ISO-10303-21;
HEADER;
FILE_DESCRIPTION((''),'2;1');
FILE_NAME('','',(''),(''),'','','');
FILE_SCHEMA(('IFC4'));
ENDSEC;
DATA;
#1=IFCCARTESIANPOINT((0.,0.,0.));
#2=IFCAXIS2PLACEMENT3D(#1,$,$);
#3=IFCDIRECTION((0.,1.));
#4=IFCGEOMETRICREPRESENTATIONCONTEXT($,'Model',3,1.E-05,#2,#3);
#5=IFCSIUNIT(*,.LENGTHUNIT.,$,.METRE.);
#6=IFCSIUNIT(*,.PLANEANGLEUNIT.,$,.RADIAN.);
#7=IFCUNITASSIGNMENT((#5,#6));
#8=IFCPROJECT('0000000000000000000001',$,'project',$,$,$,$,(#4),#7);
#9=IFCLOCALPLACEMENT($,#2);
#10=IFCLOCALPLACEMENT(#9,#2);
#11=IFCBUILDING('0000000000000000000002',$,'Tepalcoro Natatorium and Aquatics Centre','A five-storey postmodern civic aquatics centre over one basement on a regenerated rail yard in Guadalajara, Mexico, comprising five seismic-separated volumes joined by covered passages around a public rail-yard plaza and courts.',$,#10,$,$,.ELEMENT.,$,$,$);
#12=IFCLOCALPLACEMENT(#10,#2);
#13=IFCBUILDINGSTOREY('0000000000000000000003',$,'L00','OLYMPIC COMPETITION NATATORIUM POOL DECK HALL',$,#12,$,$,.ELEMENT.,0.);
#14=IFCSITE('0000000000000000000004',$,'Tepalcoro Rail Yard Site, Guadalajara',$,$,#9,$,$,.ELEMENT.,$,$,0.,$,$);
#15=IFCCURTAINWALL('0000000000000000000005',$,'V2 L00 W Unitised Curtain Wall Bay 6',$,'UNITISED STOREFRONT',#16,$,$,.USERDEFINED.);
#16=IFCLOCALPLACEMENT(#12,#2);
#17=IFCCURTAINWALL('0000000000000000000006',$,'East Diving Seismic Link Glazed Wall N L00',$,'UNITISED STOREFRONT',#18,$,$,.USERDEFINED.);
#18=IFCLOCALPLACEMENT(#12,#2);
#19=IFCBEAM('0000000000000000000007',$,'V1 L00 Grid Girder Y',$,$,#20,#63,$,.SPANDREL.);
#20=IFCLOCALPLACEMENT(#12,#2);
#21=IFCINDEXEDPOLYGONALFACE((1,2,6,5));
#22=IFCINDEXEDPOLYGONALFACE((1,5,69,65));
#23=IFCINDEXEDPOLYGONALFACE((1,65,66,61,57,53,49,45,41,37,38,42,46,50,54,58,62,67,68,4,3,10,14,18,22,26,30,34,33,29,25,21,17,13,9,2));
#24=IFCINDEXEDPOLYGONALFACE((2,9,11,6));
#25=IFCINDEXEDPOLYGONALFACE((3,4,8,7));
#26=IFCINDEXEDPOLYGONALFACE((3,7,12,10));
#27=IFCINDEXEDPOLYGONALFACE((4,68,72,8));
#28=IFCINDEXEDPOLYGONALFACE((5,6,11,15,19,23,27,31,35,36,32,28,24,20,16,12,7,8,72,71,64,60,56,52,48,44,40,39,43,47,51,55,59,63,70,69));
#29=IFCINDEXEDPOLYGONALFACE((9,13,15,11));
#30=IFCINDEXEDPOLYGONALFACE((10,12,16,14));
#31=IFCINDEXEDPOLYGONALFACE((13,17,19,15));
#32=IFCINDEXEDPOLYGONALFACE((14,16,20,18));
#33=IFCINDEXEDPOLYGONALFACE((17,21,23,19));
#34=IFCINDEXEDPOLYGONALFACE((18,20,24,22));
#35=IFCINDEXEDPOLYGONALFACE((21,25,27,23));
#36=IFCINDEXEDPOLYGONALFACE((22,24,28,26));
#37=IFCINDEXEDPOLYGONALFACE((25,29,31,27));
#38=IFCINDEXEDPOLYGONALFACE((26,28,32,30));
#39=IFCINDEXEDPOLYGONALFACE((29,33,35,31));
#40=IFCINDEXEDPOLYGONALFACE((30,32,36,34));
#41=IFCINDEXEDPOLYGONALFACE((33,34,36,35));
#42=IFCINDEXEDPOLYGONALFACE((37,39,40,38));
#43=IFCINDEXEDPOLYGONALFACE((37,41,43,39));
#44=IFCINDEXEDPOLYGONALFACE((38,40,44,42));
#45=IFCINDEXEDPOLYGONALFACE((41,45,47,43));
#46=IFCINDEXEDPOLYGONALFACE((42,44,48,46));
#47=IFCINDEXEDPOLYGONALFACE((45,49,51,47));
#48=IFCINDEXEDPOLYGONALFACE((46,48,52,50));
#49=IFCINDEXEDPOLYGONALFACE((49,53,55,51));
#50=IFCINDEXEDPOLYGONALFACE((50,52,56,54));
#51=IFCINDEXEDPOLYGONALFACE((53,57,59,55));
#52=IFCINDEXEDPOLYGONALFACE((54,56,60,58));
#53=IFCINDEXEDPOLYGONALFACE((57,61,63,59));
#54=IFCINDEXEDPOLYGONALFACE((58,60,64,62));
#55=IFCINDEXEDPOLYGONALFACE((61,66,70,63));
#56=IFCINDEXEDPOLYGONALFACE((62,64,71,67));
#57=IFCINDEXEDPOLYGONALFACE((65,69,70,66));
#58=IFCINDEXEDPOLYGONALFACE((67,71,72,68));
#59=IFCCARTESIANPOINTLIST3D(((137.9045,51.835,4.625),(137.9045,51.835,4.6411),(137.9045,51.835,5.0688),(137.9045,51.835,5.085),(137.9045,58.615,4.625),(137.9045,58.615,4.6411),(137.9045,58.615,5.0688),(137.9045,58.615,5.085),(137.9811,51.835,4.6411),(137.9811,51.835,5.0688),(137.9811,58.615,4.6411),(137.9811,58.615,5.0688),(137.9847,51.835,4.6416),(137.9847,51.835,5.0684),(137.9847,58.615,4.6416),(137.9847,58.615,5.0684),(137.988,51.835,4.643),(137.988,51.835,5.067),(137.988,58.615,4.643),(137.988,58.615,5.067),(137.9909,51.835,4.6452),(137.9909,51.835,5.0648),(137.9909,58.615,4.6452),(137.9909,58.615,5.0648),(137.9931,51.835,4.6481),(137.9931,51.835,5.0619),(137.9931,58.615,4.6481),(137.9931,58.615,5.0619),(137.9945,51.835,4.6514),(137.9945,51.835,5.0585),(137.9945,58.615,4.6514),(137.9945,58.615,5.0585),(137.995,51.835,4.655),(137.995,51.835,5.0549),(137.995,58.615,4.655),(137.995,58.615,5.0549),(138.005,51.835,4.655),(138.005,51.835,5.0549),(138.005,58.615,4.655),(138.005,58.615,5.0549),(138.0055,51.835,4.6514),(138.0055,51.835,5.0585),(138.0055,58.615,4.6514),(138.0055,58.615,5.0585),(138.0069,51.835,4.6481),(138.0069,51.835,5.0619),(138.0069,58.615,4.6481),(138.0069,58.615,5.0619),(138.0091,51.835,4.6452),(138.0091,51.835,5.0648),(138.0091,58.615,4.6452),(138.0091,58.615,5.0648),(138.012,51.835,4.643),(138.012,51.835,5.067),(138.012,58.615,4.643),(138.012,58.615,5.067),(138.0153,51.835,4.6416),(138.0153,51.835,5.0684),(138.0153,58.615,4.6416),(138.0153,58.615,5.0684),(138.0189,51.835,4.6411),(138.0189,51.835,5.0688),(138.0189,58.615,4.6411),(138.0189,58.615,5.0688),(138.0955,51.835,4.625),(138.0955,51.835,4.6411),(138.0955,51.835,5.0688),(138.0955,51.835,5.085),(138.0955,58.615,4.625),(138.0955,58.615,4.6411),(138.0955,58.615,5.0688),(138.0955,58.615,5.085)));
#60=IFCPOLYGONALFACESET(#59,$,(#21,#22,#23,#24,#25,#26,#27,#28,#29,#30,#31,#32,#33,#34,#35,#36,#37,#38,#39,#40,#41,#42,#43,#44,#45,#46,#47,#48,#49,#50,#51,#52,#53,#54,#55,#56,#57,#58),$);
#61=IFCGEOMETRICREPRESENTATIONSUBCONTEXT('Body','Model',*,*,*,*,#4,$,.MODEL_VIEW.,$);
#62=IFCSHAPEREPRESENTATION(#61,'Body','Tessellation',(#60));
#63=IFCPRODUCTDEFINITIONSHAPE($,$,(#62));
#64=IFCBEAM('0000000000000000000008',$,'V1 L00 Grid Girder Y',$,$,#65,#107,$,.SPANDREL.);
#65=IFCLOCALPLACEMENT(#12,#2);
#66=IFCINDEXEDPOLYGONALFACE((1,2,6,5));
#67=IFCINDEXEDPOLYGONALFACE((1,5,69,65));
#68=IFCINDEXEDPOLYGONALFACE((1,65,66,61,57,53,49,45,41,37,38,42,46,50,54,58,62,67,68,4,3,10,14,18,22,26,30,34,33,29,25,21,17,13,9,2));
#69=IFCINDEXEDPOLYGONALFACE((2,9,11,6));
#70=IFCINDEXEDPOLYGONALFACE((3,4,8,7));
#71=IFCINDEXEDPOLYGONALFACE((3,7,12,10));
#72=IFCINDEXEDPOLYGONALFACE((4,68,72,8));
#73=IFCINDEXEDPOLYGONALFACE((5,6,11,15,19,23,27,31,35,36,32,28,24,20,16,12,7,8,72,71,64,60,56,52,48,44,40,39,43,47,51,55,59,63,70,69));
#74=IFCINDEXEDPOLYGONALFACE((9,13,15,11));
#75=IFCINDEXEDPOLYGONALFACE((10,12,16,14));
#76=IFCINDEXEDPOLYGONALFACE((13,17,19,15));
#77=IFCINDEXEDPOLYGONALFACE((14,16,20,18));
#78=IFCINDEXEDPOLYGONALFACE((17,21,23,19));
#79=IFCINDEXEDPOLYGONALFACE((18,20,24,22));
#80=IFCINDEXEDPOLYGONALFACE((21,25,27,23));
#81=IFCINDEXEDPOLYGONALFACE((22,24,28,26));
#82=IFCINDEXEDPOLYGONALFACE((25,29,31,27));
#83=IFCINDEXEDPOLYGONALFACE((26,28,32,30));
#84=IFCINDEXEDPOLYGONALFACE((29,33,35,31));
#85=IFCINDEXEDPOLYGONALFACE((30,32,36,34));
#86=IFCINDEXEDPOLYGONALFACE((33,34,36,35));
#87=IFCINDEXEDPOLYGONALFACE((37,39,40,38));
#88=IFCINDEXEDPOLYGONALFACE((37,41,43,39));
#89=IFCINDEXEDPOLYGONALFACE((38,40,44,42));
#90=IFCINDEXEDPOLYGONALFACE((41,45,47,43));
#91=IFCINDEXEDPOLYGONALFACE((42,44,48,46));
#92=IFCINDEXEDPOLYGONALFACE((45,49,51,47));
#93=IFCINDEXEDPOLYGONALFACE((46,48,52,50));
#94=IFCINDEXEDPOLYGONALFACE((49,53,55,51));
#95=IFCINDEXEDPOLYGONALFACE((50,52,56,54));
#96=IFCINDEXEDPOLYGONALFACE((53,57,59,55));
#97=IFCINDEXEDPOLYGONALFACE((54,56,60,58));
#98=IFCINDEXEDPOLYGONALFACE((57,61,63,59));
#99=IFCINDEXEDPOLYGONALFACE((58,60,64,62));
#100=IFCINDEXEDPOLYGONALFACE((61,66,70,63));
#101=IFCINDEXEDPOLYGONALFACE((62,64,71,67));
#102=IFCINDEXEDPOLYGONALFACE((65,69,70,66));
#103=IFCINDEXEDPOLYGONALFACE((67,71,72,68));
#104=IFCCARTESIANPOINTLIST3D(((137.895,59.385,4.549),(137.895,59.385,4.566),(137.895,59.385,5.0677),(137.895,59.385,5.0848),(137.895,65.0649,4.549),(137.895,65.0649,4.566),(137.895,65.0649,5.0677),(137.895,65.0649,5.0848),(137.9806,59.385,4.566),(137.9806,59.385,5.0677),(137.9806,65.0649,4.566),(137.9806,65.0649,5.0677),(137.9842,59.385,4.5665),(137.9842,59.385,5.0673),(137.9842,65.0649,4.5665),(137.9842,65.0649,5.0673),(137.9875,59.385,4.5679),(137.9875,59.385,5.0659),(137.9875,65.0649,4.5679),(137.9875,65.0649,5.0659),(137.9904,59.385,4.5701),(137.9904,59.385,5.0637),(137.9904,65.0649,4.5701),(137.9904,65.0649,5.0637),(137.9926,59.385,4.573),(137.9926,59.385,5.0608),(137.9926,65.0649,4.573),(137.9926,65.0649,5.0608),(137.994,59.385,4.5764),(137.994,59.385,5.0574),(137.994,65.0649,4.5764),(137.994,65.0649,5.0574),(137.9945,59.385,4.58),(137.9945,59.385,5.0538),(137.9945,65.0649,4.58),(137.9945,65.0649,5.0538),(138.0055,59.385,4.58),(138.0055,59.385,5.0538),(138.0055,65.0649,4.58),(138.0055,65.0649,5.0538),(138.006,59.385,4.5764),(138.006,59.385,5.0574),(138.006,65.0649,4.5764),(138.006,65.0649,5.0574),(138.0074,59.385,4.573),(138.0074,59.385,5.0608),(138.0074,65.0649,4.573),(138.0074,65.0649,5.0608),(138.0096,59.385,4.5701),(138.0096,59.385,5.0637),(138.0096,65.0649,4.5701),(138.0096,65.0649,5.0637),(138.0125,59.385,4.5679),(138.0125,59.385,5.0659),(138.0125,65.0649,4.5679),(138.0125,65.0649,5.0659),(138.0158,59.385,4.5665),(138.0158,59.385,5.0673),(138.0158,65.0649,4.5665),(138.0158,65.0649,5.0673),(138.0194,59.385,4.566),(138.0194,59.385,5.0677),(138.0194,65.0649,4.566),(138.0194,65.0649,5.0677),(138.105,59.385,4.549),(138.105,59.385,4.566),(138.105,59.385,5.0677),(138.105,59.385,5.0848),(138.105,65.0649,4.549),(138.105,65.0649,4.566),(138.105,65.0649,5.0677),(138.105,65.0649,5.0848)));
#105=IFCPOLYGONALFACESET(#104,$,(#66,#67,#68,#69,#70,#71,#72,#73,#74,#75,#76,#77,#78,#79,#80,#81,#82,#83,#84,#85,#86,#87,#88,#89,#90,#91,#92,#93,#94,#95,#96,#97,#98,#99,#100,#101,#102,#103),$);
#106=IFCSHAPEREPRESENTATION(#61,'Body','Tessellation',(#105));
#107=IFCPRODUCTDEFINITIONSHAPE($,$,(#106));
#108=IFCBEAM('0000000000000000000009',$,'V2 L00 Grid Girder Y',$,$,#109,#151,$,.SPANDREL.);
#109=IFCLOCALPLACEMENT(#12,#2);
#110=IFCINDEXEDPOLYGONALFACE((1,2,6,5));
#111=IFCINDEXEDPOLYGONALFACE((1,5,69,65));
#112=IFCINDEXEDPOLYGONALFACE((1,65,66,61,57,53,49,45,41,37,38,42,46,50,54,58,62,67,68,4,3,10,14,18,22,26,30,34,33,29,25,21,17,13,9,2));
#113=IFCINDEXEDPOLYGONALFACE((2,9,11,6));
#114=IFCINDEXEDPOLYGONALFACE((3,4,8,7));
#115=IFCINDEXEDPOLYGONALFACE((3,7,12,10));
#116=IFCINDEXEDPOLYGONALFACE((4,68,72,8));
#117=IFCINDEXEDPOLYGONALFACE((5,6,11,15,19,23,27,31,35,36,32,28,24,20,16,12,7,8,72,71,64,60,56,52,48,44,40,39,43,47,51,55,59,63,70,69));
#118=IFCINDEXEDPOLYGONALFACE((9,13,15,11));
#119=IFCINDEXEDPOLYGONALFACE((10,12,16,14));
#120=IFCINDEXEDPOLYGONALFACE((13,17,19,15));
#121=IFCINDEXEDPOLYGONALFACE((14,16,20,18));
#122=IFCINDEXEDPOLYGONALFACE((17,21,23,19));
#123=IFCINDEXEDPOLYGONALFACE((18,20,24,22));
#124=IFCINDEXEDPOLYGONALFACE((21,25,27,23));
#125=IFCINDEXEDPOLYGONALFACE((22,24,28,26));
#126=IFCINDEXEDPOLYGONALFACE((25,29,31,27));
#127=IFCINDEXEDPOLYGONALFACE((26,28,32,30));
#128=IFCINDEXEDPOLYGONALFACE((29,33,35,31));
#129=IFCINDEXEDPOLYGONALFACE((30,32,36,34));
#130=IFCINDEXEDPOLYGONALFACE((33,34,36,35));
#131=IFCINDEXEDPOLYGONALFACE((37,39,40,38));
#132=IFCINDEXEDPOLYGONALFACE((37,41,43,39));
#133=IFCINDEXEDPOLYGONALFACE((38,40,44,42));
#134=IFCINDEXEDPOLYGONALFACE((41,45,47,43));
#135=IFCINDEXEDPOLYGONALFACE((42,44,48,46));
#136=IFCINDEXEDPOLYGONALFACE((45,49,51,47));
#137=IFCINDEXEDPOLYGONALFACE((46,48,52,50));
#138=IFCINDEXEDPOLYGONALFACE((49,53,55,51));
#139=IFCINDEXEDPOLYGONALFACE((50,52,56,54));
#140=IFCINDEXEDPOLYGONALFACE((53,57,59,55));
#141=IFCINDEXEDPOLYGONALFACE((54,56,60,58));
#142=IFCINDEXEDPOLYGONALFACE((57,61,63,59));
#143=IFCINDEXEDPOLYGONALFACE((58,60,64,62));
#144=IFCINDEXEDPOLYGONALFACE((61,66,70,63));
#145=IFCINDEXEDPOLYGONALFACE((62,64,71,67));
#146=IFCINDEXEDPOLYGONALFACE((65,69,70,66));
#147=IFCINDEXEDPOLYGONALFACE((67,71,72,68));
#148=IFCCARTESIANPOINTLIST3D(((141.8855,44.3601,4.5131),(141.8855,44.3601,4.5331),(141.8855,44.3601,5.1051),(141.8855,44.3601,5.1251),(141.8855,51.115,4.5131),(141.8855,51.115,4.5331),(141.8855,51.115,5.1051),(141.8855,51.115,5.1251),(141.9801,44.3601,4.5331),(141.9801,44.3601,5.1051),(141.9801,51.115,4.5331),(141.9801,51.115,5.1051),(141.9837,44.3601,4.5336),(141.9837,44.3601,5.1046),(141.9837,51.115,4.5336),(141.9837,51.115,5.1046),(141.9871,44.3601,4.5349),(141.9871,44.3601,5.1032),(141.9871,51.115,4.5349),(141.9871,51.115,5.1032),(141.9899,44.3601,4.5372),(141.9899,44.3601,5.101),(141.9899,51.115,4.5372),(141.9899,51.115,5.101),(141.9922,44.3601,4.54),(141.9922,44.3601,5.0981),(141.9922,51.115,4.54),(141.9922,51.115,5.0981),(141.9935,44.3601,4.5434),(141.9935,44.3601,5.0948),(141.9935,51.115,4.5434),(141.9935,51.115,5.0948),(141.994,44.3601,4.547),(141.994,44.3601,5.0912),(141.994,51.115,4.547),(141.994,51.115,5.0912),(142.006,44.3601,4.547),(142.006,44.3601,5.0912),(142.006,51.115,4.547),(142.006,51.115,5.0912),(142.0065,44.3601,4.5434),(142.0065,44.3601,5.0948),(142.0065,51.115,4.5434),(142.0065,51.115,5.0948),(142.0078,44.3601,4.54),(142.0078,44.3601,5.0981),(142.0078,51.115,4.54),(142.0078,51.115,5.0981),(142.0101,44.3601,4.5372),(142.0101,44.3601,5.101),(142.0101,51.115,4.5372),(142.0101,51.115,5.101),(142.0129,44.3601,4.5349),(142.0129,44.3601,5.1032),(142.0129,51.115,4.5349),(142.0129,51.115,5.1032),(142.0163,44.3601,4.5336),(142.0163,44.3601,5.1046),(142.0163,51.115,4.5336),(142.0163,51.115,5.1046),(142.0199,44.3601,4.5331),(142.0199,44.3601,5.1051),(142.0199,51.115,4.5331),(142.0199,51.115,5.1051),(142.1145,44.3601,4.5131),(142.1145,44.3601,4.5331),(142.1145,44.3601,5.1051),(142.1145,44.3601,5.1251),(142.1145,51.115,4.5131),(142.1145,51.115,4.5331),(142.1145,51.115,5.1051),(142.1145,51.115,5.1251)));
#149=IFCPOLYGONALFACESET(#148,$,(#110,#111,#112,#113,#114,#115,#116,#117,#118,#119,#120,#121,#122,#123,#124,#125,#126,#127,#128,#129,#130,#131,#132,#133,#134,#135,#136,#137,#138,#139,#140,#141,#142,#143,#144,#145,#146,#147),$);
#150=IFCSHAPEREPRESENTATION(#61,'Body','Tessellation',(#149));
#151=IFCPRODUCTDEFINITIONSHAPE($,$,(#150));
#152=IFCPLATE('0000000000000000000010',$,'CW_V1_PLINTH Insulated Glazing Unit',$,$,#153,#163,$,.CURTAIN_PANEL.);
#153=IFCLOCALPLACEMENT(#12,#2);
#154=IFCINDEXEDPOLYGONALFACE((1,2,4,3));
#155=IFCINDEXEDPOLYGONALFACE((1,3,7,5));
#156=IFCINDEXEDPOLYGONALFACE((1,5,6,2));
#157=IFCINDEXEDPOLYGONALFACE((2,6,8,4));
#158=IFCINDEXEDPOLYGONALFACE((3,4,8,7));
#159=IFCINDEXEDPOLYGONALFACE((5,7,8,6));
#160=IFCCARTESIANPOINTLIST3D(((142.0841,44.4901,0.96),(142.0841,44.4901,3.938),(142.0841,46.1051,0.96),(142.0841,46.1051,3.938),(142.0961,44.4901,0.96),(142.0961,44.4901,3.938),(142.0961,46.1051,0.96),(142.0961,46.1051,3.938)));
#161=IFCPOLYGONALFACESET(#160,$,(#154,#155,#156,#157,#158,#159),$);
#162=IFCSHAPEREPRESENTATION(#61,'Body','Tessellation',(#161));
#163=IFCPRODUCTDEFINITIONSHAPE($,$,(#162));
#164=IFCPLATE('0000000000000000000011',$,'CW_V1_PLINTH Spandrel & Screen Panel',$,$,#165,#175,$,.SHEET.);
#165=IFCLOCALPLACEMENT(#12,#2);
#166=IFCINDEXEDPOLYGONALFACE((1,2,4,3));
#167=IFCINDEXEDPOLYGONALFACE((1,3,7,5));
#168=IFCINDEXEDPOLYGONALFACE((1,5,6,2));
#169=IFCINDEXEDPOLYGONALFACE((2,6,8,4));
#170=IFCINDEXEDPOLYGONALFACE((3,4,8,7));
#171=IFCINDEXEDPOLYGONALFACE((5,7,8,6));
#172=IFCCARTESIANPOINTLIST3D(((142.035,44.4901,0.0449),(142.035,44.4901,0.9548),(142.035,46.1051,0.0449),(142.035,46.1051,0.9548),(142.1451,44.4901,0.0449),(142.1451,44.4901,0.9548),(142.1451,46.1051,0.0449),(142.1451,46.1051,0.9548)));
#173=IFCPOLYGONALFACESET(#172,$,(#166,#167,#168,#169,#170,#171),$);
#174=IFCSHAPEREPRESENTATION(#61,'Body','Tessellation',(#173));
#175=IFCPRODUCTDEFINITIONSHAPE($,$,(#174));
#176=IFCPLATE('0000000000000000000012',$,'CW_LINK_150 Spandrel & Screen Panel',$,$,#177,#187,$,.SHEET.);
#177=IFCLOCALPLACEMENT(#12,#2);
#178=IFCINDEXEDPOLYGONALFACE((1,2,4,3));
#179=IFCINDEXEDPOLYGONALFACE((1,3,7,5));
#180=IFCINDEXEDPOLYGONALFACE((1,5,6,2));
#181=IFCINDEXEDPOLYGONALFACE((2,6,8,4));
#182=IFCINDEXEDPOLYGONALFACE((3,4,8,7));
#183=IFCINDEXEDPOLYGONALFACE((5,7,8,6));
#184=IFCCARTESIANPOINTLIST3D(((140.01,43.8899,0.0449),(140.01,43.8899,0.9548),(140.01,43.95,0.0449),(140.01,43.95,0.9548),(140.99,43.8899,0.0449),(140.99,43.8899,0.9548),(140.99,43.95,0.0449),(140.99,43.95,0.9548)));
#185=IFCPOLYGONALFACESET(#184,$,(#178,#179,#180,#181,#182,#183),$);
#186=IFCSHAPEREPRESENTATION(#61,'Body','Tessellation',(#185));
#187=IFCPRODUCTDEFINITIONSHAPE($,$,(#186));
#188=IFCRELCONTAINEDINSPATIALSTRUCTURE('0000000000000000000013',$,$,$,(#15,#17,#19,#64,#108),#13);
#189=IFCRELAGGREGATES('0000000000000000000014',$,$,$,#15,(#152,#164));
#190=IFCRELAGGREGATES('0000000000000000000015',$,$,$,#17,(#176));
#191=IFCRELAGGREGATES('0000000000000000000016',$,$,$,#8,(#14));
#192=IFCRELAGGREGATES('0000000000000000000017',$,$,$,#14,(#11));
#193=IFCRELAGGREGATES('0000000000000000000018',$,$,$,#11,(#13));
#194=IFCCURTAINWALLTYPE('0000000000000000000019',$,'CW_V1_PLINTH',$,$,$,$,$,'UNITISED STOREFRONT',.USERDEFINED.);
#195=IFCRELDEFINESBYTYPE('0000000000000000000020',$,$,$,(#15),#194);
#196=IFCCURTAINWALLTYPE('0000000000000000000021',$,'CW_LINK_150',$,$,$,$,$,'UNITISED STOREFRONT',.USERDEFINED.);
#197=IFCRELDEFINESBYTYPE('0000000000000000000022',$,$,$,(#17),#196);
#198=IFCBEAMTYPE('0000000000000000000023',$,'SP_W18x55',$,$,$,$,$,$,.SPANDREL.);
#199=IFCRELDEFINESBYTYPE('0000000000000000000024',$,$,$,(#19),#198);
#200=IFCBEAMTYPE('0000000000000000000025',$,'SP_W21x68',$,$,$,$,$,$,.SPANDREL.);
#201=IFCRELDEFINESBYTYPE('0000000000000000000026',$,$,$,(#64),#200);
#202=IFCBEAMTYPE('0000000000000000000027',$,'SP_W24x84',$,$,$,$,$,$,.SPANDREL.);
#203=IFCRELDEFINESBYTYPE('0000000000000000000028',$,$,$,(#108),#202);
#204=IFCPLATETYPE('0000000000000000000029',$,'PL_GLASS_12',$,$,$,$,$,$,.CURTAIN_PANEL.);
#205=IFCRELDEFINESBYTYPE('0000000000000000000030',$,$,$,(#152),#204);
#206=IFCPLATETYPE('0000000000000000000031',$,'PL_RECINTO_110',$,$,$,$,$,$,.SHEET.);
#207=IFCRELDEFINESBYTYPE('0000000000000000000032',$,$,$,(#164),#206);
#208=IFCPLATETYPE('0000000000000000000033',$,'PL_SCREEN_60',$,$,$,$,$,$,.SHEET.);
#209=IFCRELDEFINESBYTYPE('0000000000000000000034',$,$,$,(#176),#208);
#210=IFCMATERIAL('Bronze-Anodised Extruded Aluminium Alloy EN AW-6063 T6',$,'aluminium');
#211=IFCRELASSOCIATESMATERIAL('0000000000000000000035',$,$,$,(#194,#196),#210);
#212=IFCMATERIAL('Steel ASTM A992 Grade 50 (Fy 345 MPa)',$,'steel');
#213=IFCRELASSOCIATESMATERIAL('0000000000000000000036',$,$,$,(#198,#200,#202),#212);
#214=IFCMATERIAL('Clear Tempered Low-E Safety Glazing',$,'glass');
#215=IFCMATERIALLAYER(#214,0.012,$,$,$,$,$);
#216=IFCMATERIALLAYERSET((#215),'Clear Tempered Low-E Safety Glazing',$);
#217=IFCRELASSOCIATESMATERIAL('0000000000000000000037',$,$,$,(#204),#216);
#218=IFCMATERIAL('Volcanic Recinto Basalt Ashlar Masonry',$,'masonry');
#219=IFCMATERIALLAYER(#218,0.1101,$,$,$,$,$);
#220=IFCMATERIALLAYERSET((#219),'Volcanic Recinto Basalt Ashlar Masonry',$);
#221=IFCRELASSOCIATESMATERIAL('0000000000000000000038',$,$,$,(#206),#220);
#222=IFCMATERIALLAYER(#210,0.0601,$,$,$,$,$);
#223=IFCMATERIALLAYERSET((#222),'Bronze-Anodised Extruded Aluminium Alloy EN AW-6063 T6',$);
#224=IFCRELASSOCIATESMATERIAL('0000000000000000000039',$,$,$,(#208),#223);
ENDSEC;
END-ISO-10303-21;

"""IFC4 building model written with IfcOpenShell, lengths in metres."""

from ifc_helpers import new_model, si_unit, direction, frame, origin, origin_2d, place, context, subcontext, project, spatial, rectangle, i_section, extrude, material, layer, layer_set, material_profile, profile_set, type_object, element, aggregate, save


model = new_model("IFC4")

# Units and contexts
model_context = context("Model", 3, precision=1e-05, world=origin(), true_north=direction((0.0, 1.0)))
body_context = subcontext(model_context, "Body", "Model", "MODEL_VIEW")
ifc_project = project(units=[si_unit("LENGTHUNIT", "METRE"), si_unit("PLANEANGLEUNIT", "RADIAN")], contexts=[model_context])

# Site, building, storey
site_placement = place(None, origin())
site = spatial("IfcSite", under=ifc_project, at=site_placement, Name="Tepalcoro Rail Yard Site, Guadalajara", CompositionType="ELEMENT", RefElevation=0.0)
building_placement = place(site_placement, origin())
building = spatial("IfcBuilding", under=site, at=building_placement, Name="Tepalcoro Natatorium and Aquatics Centre", Description="A five-storey postmodern civic aquatics centre over one basement on a regenerated rail yard in Guadalajara, Mexico, comprising five seismic-separated volumes joined by covered passages around a public rail-yard plaza and courts.", CompositionType="ELEMENT")
storey_placement = place(building_placement, origin())
storey = spatial("IfcBuildingStorey", under=building, at=storey_placement, Name="L00", Description="OLYMPIC COMPETITION NATATORIUM POOL DECK HALL", CompositionType="ELEMENT", Elevation=0.0)

# Shared definitions
ifc_material_1 = material(Name="Steel ASTM A992 Grade 50 (Fy 345 MPa)", Category="steel")

# Curtain walls
ifc_material_2 = material(Name="Bronze-Anodised Extruded Aluminium Alloy EN AW-6063 T6", Category="aluminium")
curtain_wall_type_1 = type_object("IfcCurtainWallType", Name="CW_V1_PLINTH", ElementType="UNITISED STOREFRONT", PredefinedType="USERDEFINED", material=ifc_material_2)
curtain_wall_1_placement = place(storey_placement, origin())
curtain_wall_1 = element("IfcCurtainWall", 1, at=curtain_wall_1_placement, inside=storey, type_object=curtain_wall_type_1, Name="V2 L00 W Unitised Curtain Wall Bay 6", ObjectType="UNITISED STOREFRONT", PredefinedType="USERDEFINED")
curtain_wall_type_2 = type_object("IfcCurtainWallType", Name="CW_LINK_150", ElementType="UNITISED STOREFRONT", PredefinedType="USERDEFINED", material=ifc_material_2)
curtain_wall_2_placement = place(storey_placement, origin())
curtain_wall_2 = element("IfcCurtainWall", 2, at=curtain_wall_2_placement, inside=storey, type_object=curtain_wall_type_2, Name="East Diving Seismic Link Glazed Wall N L00", ObjectType="UNITISED STOREFRONT", PredefinedType="USERDEFINED")

# Beams
ifc_material_profile_1 = material_profile(ifc_material_1, i_section(OverallWidth=0.1909, OverallDepth=0.46, WebThickness=0.01, FlangeThickness=0.0161, FilletRadius=0.0139, at=origin_2d()), Name="W18X55")
ifc_profile_set_1 = profile_set([ifc_material_profile_1], Name="Steel ASTM A992 Grade 50 (Fy 345 MPa)")
beam_type_1 = type_object("IfcBeamType", Name="SP_W18x55", PredefinedType="SPANDREL", material=ifc_profile_set_1)
beam_1_placement = place(storey_placement, frame((138.0, 51.835, 4.855), z_axis=(0.0, 1.0, 0.0), x_axis=(-1.0, 0.0, 0.0)))
element("IfcBeam", 3, at=beam_1_placement, inside=storey, type_object=beam_type_1, Name="V1 L00 Grid Girder Y", PredefinedType="SPANDREL", context=body_context, shape_type="SweptSolid", body=[
    extrude(i_section(OverallWidth=0.1909, OverallDepth=0.46, WebThickness=0.01, FlangeThickness=0.0161, FilletRadius=0.0139, at=origin_2d()), origin(), (0.0, 0.0, 1.0), 6.78),
])
ifc_material_profile_2 = material_profile(ifc_material_1, i_section(OverallWidth=0.21, OverallDepth=0.5359, WebThickness=0.011, FlangeThickness=0.0171, FilletRadius=0.0139, at=origin_2d()), Name="W21X68")
ifc_profile_set_2 = profile_set([ifc_material_profile_2], Name="Steel ASTM A992 Grade 50 (Fy 345 MPa)")
beam_type_2 = type_object("IfcBeamType", Name="SP_W21x68", PredefinedType="SPANDREL", material=ifc_profile_set_2)
beam_2_placement = place(storey_placement, frame((138.0, 59.385, 4.8169), z_axis=(0.0, 1.0, 0.0), x_axis=(-1.0, 0.0, 0.0)))
element("IfcBeam", 4, at=beam_2_placement, inside=storey, type_object=beam_type_2, Name="V1 L00 Grid Girder Y", PredefinedType="SPANDREL", context=body_context, shape_type="SweptSolid", body=[
    extrude(i_section(OverallWidth=0.21, OverallDepth=0.5359, WebThickness=0.011, FlangeThickness=0.0171, FilletRadius=0.0139, at=origin_2d()), origin(), (0.0, 0.0, 1.0), 5.6799),
])
ifc_material_profile_3 = material_profile(ifc_material_1, i_section(OverallWidth=0.229, OverallDepth=0.6121, WebThickness=0.012, FlangeThickness=0.02, FilletRadius=0.0139, at=origin_2d()), Name="W24X84")
ifc_profile_set_3 = profile_set([ifc_material_profile_3], Name="Steel ASTM A992 Grade 50 (Fy 345 MPa)")
beam_type_3 = type_object("IfcBeamType", Name="SP_W24x84", PredefinedType="SPANDREL", material=ifc_profile_set_3)
beam_3_placement = place(storey_placement, frame((142.0, 44.3601, 4.8191), z_axis=(0.0, 1.0, 0.0), x_axis=(-1.0, 0.0, 0.0)))
element("IfcBeam", 5, at=beam_3_placement, inside=storey, type_object=beam_type_3, Name="V2 L00 Grid Girder Y", PredefinedType="SPANDREL", context=body_context, shape_type="SweptSolid", body=[
    extrude(i_section(OverallWidth=0.229, OverallDepth=0.6121, WebThickness=0.012, FlangeThickness=0.02, FilletRadius=0.0139, at=origin_2d()), origin(), (0.0, 0.0, 1.0), 6.7549),
])

# Plates
ifc_material_3 = material(Name="Clear Tempered Low-E Safety Glazing", Category="glass")
ifc_layer_1 = layer(ifc_material_3, 0.012)
ifc_layer_set_1 = layer_set([ifc_layer_1], Name="Clear Tempered Low-E Safety Glazing")
plate_type_1 = type_object("IfcPlateType", Name="PL_GLASS_12", PredefinedType="CURTAIN_PANEL", material=ifc_layer_set_1)
plate_1_placement = place(storey_placement, frame((142.0901, 45.2976, 0.96), z_axis=(0.0, 0.0, 1.0), x_axis=(1.0, 0.0, 0.0)))
plate_1 = element("IfcPlate", 6, at=plate_1_placement, type_object=plate_type_1, Name="CW_V1_PLINTH Insulated Glazing Unit", PredefinedType="CURTAIN_PANEL", context=body_context, shape_type="SweptSolid", body=[
    extrude(rectangle(XDim=0.012, YDim=1.615, at=origin_2d()), origin(), (0.0, 0.0, 1.0), 2.978),
])
ifc_material_4 = material(Name="Volcanic Recinto Basalt Ashlar Masonry", Category="masonry")
ifc_layer_2 = layer(ifc_material_4, 0.1101)
ifc_layer_set_2 = layer_set([ifc_layer_2], Name="Volcanic Recinto Basalt Ashlar Masonry")
plate_type_2 = type_object("IfcPlateType", Name="PL_RECINTO_110", PredefinedType="SHEET", material=ifc_layer_set_2)
plate_2_placement = place(storey_placement, frame((142.0901, 45.2976, 0.0449), z_axis=(0.0, 0.0, 1.0), x_axis=(1.0, 0.0, 0.0)))
plate_2 = element("IfcPlate", 7, at=plate_2_placement, type_object=plate_type_2, Name="CW_V1_PLINTH Spandrel & Screen Panel", PredefinedType="SHEET", context=body_context, shape_type="SweptSolid", body=[
    extrude(rectangle(XDim=0.1101, YDim=1.615, at=origin_2d()), origin(), (0.0, 0.0, 1.0), 0.9099),
])
aggregate(curtain_wall_1, [plate_1, plate_2])
ifc_layer_3 = layer(ifc_material_2, 0.0601)
ifc_layer_set_3 = layer_set([ifc_layer_3], Name="Bronze-Anodised Extruded Aluminium Alloy EN AW-6063 T6")
plate_type_3 = type_object("IfcPlateType", Name="PL_SCREEN_60", PredefinedType="SHEET", material=ifc_layer_set_3)
plate_3_placement = place(storey_placement, frame((140.5, 43.9199, 0.0449), z_axis=(0.0, 0.0, 1.0), x_axis=(1.0, 0.0, 0.0)))
plate_3 = element("IfcPlate", 8, at=plate_3_placement, type_object=plate_type_3, Name="CW_LINK_150 Spandrel & Screen Panel", PredefinedType="SHEET", context=body_context, shape_type="SweptSolid", body=[
    extrude(rectangle(XDim=0.98, YDim=0.0601, at=origin_2d()), origin(), (0.0, 0.0, 1.0), 0.9099),
])
aggregate(curtain_wall_2, [plate_3])

save(model, "model.ifc")
